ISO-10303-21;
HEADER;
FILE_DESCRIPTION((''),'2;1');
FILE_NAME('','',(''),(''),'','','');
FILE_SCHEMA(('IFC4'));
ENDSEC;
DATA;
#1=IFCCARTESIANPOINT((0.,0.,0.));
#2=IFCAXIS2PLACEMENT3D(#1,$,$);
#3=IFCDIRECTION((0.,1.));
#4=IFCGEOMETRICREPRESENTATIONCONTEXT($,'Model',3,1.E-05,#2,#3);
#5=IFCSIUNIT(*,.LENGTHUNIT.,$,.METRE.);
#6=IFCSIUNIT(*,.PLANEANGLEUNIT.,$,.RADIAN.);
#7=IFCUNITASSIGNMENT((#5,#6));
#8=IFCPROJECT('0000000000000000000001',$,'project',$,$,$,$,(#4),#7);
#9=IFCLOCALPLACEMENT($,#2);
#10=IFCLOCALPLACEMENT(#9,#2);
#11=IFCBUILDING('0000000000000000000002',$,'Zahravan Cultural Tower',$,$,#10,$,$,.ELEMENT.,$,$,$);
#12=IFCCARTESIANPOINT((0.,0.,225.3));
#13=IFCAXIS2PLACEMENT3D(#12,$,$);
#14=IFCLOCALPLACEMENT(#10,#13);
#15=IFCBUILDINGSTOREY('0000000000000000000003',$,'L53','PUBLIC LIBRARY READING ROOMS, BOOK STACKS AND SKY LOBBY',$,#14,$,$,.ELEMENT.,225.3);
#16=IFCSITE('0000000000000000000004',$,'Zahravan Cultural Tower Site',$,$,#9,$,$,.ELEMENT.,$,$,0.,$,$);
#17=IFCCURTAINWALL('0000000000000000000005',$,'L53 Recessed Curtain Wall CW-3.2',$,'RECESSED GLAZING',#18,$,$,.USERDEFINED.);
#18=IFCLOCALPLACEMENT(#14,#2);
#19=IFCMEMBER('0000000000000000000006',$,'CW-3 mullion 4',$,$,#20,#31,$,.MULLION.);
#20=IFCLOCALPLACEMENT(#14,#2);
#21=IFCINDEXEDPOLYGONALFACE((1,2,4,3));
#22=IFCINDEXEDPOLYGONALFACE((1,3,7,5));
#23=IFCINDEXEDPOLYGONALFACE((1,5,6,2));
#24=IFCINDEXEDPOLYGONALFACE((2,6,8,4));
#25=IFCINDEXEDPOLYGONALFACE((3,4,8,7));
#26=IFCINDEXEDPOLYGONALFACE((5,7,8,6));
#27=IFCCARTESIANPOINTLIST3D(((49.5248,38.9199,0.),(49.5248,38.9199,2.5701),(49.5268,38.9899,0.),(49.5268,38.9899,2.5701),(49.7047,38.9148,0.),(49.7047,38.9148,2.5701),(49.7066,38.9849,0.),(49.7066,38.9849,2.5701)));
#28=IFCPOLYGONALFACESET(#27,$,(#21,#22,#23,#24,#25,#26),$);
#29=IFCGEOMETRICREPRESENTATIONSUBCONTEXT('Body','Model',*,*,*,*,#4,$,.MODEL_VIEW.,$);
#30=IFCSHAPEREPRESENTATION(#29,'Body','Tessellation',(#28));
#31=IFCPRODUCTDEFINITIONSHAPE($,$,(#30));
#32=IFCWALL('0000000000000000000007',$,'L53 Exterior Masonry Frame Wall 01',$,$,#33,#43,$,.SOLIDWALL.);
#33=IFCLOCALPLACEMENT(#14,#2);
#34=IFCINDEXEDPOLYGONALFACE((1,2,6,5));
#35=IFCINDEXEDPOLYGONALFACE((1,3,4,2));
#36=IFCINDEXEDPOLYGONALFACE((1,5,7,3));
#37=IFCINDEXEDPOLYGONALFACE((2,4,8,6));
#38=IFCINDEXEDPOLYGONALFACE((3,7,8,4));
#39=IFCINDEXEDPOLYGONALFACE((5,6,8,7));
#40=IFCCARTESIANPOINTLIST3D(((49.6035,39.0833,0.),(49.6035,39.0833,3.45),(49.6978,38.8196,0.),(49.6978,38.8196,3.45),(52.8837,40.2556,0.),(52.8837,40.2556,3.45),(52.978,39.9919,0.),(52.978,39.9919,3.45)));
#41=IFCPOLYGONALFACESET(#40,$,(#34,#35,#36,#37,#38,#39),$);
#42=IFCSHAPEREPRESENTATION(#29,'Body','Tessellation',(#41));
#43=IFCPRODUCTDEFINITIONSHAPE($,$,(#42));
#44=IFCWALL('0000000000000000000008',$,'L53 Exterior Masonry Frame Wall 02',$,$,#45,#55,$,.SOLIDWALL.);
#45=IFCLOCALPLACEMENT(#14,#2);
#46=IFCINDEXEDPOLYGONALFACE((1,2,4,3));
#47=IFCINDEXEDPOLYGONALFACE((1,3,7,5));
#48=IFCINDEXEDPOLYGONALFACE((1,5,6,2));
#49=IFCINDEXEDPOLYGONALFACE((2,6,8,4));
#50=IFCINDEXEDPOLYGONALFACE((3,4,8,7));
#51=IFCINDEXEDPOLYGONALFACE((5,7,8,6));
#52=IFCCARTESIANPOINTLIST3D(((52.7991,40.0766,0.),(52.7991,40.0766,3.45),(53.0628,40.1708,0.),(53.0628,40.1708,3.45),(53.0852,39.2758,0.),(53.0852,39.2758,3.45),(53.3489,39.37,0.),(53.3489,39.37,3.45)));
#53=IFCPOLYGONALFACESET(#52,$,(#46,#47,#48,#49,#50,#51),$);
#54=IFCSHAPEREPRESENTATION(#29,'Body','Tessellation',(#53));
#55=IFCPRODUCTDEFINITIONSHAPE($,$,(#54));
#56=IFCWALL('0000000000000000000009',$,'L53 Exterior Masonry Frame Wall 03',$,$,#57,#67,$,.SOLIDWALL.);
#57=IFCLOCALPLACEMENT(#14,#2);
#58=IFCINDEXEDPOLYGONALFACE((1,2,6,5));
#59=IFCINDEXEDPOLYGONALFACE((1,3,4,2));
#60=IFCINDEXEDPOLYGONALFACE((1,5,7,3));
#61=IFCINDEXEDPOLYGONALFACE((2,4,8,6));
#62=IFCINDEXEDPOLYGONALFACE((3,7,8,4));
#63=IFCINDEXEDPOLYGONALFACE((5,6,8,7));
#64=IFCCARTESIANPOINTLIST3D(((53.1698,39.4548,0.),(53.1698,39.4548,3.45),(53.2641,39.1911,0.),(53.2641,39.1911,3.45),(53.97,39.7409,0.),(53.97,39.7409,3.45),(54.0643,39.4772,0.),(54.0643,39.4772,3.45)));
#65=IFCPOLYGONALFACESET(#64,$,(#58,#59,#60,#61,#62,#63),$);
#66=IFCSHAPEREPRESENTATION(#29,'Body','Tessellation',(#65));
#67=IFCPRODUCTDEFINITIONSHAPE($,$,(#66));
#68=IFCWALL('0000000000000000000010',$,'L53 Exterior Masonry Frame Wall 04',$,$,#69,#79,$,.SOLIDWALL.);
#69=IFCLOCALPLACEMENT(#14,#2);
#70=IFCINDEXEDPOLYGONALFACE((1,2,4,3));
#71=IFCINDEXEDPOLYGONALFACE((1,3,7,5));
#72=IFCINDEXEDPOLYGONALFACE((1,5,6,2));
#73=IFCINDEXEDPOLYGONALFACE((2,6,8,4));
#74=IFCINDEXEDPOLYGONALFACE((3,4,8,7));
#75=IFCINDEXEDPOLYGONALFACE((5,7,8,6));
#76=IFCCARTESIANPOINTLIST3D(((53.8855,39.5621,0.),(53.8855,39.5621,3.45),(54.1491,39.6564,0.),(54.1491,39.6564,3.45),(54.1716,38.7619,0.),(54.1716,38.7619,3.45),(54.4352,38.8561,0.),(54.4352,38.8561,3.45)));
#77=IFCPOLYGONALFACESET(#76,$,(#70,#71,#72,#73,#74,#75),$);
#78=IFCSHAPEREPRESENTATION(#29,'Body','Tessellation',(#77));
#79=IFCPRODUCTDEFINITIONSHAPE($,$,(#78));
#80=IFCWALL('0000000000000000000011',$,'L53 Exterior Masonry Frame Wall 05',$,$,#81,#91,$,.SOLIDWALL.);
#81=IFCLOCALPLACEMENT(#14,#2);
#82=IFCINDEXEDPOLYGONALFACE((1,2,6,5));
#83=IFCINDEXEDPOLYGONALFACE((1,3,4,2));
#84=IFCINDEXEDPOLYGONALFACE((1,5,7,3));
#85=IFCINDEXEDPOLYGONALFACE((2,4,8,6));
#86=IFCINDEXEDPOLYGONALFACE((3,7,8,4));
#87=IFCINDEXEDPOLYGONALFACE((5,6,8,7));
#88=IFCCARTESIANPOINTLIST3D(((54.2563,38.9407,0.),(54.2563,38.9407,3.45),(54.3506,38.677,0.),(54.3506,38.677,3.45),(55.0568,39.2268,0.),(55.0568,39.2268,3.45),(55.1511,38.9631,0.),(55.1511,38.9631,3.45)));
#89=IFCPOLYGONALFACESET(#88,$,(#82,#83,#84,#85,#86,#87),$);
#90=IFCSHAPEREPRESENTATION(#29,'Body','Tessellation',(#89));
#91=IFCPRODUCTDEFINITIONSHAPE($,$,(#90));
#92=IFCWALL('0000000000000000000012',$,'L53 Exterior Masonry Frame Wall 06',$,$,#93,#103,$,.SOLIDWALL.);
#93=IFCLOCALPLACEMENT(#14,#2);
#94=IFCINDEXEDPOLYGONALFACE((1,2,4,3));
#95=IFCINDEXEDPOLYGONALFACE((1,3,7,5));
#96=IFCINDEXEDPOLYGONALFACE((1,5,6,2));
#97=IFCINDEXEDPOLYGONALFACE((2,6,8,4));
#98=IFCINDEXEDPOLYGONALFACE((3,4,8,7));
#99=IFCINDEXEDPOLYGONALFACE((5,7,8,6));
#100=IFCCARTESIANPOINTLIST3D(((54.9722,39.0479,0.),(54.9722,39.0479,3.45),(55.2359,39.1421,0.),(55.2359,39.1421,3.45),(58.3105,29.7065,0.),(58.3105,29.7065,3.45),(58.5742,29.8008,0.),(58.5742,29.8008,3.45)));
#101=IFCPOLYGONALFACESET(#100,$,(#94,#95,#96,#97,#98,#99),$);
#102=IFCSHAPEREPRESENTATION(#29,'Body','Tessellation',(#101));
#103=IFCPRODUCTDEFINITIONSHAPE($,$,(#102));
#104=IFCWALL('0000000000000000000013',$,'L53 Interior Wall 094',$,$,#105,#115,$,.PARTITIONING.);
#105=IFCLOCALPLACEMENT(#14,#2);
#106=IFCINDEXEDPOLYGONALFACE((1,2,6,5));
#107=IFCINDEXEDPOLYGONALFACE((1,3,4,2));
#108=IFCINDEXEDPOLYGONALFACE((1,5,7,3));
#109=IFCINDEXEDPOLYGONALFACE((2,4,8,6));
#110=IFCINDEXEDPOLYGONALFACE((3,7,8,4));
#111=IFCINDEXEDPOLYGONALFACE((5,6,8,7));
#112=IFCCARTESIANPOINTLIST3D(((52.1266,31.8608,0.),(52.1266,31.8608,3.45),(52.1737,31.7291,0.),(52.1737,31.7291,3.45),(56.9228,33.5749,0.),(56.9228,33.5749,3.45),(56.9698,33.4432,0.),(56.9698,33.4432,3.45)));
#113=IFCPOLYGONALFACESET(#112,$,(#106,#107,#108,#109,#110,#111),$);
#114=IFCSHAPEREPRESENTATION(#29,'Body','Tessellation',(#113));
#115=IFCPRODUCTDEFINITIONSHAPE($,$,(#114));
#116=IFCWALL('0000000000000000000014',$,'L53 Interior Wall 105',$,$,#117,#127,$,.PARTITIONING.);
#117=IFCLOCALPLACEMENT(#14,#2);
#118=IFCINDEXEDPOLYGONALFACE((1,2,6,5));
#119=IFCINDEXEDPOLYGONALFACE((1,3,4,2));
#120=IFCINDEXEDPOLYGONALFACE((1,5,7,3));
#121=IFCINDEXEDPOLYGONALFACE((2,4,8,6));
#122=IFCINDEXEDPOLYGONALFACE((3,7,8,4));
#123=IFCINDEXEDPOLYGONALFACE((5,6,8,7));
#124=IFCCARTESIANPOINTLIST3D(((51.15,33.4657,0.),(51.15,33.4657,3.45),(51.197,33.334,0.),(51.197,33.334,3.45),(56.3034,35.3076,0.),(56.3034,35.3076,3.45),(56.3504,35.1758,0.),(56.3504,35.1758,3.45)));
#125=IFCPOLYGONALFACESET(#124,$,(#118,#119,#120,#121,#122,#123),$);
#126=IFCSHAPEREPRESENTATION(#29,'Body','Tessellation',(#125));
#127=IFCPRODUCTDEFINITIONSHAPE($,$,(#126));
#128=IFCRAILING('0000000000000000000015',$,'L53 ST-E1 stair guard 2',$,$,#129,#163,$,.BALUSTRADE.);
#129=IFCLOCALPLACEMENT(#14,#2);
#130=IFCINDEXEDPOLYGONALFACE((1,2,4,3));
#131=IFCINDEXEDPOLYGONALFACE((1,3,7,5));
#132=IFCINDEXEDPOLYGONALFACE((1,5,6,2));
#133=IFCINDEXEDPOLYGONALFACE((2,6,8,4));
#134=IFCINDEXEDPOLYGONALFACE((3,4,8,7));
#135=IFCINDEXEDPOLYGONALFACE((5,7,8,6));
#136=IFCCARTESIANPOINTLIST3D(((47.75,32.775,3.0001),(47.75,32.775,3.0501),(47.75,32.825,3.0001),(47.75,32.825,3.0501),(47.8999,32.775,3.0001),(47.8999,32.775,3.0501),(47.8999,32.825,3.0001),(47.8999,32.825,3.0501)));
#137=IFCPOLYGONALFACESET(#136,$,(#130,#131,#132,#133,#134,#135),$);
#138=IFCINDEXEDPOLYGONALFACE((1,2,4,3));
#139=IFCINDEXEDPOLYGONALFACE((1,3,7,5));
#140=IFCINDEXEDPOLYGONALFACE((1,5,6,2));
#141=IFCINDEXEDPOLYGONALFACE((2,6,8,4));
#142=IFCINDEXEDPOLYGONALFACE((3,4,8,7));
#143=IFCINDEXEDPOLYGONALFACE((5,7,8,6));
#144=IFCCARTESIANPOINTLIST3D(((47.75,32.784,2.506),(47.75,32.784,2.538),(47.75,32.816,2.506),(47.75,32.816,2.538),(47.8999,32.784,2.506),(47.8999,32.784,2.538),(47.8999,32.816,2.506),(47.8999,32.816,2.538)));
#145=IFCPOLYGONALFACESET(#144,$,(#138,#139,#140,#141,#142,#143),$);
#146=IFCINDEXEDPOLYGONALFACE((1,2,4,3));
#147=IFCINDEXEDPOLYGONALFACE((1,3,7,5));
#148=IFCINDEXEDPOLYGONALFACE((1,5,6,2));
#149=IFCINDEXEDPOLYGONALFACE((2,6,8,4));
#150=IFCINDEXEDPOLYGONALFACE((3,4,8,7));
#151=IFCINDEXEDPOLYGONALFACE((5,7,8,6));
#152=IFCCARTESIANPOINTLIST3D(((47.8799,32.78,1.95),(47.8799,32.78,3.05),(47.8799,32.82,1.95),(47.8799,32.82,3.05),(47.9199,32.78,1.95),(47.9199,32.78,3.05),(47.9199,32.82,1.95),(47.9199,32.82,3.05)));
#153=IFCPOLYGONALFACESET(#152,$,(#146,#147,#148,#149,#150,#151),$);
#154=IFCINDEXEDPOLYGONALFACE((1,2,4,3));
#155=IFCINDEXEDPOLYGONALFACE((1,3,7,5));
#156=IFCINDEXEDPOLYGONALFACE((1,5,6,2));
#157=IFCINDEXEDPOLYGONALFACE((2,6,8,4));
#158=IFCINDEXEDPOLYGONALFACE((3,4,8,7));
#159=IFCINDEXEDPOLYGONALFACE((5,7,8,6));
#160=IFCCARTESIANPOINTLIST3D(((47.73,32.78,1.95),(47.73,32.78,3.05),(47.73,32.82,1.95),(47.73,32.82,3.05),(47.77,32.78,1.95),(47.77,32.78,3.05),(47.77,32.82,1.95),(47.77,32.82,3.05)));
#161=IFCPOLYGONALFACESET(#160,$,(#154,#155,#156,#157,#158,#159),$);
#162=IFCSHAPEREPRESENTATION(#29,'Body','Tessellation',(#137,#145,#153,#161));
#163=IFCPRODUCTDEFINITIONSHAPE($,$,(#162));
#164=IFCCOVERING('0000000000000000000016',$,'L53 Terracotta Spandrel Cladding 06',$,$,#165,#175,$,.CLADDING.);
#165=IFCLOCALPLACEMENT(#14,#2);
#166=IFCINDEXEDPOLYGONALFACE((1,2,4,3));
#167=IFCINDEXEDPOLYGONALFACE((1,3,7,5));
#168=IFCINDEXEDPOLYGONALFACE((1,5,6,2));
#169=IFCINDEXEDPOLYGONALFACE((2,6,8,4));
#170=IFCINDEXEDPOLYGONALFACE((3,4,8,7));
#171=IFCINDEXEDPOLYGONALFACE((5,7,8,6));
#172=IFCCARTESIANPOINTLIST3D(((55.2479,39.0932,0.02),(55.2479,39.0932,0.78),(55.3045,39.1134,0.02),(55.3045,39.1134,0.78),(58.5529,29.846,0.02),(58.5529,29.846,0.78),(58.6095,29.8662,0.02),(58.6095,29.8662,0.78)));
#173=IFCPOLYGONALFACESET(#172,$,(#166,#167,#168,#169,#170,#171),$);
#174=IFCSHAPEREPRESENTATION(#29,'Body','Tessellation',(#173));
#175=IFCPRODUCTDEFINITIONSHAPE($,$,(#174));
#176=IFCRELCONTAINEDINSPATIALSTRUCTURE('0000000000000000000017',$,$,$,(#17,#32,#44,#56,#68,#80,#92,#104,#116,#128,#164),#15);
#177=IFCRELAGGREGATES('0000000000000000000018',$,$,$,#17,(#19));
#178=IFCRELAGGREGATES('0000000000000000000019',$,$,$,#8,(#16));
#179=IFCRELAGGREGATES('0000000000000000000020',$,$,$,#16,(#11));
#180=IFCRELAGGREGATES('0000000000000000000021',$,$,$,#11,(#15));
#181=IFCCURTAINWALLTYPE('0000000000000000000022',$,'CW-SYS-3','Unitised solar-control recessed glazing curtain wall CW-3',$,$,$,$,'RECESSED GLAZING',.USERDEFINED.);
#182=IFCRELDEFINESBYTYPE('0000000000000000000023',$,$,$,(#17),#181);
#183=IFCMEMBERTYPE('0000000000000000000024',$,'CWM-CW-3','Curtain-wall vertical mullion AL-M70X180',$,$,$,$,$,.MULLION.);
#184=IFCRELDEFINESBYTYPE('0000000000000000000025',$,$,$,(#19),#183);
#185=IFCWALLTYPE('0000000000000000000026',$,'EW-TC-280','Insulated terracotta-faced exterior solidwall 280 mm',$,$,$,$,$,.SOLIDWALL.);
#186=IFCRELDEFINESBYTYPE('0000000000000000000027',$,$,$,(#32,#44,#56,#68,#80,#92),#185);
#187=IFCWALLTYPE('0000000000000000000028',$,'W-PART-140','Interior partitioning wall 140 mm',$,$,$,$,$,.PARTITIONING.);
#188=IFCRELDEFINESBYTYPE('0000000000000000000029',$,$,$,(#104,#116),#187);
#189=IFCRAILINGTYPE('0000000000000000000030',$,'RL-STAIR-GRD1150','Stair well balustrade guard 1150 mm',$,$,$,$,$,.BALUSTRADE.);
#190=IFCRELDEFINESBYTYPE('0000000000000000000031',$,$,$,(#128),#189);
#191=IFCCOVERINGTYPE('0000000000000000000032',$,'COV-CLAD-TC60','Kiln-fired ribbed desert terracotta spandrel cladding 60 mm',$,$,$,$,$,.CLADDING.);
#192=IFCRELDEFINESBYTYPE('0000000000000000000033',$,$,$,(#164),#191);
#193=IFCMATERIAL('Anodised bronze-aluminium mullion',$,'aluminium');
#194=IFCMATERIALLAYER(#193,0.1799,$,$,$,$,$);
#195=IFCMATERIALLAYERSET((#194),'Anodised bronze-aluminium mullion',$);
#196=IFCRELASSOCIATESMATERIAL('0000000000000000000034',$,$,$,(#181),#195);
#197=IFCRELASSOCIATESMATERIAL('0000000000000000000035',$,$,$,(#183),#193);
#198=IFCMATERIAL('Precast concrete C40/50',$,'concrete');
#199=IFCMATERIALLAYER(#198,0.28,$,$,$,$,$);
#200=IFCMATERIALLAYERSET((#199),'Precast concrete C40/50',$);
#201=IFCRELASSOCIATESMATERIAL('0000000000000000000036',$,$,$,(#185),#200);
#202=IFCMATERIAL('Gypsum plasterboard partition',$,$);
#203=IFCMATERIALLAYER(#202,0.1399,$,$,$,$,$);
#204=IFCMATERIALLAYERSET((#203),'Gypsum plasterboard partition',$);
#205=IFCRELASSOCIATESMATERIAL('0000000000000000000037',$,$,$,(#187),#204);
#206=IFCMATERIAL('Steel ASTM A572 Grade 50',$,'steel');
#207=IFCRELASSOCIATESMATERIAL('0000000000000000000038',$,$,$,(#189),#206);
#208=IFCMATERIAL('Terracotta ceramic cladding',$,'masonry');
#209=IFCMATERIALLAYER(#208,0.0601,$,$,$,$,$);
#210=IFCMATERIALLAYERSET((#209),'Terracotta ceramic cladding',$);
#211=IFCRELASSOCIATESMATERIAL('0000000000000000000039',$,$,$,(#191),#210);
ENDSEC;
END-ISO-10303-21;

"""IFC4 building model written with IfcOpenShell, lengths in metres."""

from ifc_helpers import new_model, si_unit, direction, frame, frame_2d, origin, origin_2d, place, context, subcontext, project, spatial, rectangle, extrude, source, transform, mapped, material, layer, layer_set, material_profile, profile_set, type_object, element, aggregate, save


model = new_model("IFC4")

# Units and contexts
model_context = context("Model", 3, precision=1e-05, world=origin(), true_north=direction((0.0, 1.0)))
body_context = subcontext(model_context, "Body", "Model", "MODEL_VIEW")
ifc_project = project(units=[si_unit("LENGTHUNIT", "METRE"), si_unit("PLANEANGLEUNIT", "RADIAN")], contexts=[model_context])

# Site, building, storey
site_placement = place(None, origin())
site = spatial("IfcSite", under=ifc_project, at=site_placement, Name="Zahravan Cultural Tower Site", CompositionType="ELEMENT", RefElevation=0.0)
building_placement = place(site_placement, origin())
building = spatial("IfcBuilding", under=site, at=building_placement, Name="Zahravan Cultural Tower", CompositionType="ELEMENT")
storey_placement = place(building_placement, frame((0.0, 0.0, 225.3)))
storey = spatial("IfcBuildingStorey", under=building, at=storey_placement, Name="L53", Description="PUBLIC LIBRARY READING ROOMS, BOOK STACKS AND SKY LOBBY", CompositionType="ELEMENT", Elevation=225.3)

# Curtain wall, member
ifc_material_1 = material(Name="Anodised bronze-aluminium mullion", Category="aluminium")
ifc_layer_1 = layer(ifc_material_1, 0.1799)
ifc_layer_set_1 = layer_set([ifc_layer_1], Name="Anodised bronze-aluminium mullion")
curtain_wall_type = type_object("IfcCurtainWallType", Name="CW-SYS-3", Description="Unitised solar-control recessed glazing curtain wall CW-3", ElementType="RECESSED GLAZING", PredefinedType="USERDEFINED", material=ifc_layer_set_1)
curtain_wall_placement = place(storey_placement, origin())
curtain_wall = element("IfcCurtainWall", 1, at=curtain_wall_placement, inside=storey, type_object=curtain_wall_type, Name="L53 Recessed Curtain Wall CW-3.2", ObjectType="RECESSED GLAZING", PredefinedType="USERDEFINED")
ifc_material_profile_1 = material_profile(ifc_material_1, rectangle(XDim=0.0701, YDim=0.1799, at=origin_2d()), Name="AL-M70X180")
ifc_profile_set_1 = profile_set([ifc_material_profile_1], Name="Anodised bronze-aluminium mullion")
member_type = type_object("IfcMemberType", Name="CWM-CW-3", Description="Curtain-wall vertical mullion AL-M70X180", PredefinedType="MULLION", material=ifc_profile_set_1)
shared_shape_1 = source(origin(), body_context, "Body", "SweptSolid", [
    extrude(rectangle(XDim=0.0701, YDim=0.1799, at=origin_2d()), origin(), (0.0, 0.0, 1.0), 2.5701),
])
member_placement = place(storey_placement, frame((49.6157, 38.9524, 0.0), z_axis=(0.0, 0.0, 1.0), x_axis=(0.028155, 0.999604, 0.0)))
member = element("IfcMember", 2, at=member_placement, type_object=member_type, Name="CW-3 mullion 4", PredefinedType="MULLION", context=body_context, shape_type="MappedRepresentation", body=[
    mapped(shared_shape_1, transform((0.0, 0.0, 0.0), x_axis=(1.0, 0.0, 0.0), y_axis=(0.0, 1.0, 0.0), z_axis=(0.0, 0.0, 1.0), scale=1.0)),
])
aggregate(curtain_wall, [member])

# Walls
ifc_material_2 = material(Name="Precast concrete C40/50", Category="concrete")
ifc_layer_2 = layer(ifc_material_2, 0.28)
ifc_layer_set_2 = layer_set([ifc_layer_2], Name="Precast concrete C40/50")
wall_type_1 = type_object("IfcWallType", Name="EW-TC-280", Description="Insulated terracotta-faced exterior solidwall 280 mm", PredefinedType="SOLIDWALL", material=ifc_layer_set_2)
shared_shape_2 = source(origin(), body_context, "Body", "SweptSolid", [
    extrude(rectangle(XDim=3.4834, YDim=0.28, at=frame_2d((1.7417, 0.0))), origin(), (0.0, 0.0, 1.0), 3.45),
])
wall_1_placement = place(storey_placement, frame((49.6506, 38.9514, 0.0), z_axis=(0.0, 0.0, 1.0), x_axis=(0.941666, 0.336549, 0.0)))
element("IfcWall", 3, at=wall_1_placement, inside=storey, type_object=wall_type_1, Name="L53 Exterior Masonry Frame Wall 01", PredefinedType="SOLIDWALL", context=body_context, shape_type="MappedRepresentation", body=[
    mapped(shared_shape_2, transform((0.0, 0.0, 0.0), x_axis=(1.0, 0.0, 0.0), y_axis=(0.0, 1.0, 0.0), z_axis=(0.0, 0.0, 1.0), scale=1.0)),
])
shared_shape_3 = source(origin(), body_context, "Body", "SweptSolid", [
    extrude(rectangle(XDim=0.8503, YDim=0.28, at=frame_2d((0.4253, 0.0))), origin(), (0.0, 0.0, 1.0), 3.45),
])
wall_2_placement = place(storey_placement, frame((52.9309, 40.1238, 0.0), z_axis=(0.0, 0.0, 1.0), x_axis=(0.336482, -0.94169, 0.0)))
element("IfcWall", 4, at=wall_2_placement, inside=storey, type_object=wall_type_1, Name="L53 Exterior Masonry Frame Wall 02", PredefinedType="SOLIDWALL", context=body_context, shape_type="MappedRepresentation", body=[
    mapped(shared_shape_3, transform((0.0, 0.0, 0.0), x_axis=(1.0, 0.0, 0.0), y_axis=(0.0, 1.0, 0.0), z_axis=(0.0, 0.0, 1.0), scale=1.0)),
])
shared_shape_4 = source(origin(), body_context, "Body", "SweptSolid", [
    extrude(rectangle(XDim=0.8499, YDim=0.28, at=frame_2d((0.4248, 0.0))), origin(), (0.0, 0.0, 1.0), 3.45),
])
for number, where, z_axis, x_axis, name in (
    (5, (53.217, 39.323, 0.0), (0.0, 0.0, 1.0), (0.941625, 0.336664, 0.0), "L53 Exterior Masonry Frame Wall 03"),
    (6, (54.0173, 39.6091, 0.0), (0.0, 0.0, 1.0), (0.336664, -0.941625, 0.0), "L53 Exterior Masonry Frame Wall 04"),
):
    element("IfcWall", number, at=place(storey_placement, frame(where, z_axis=z_axis, x_axis=x_axis)), inside=storey, type_object=wall_type_1, Name=name, PredefinedType="SOLIDWALL", context=body_context, shape_type="MappedRepresentation", body=[
        mapped(shared_shape_4, transform((0.0, 0.0, 0.0), x_axis=(1.0, 0.0, 0.0), y_axis=(0.0, 1.0, 0.0), z_axis=(0.0, 0.0, 1.0), scale=1.0)),
    ])
shared_shape_5 = source(origin(), body_context, "Body", "SweptSolid", [
    extrude(rectangle(XDim=0.8501, YDim=0.28, at=frame_2d((0.425, 0.0))), origin(), (0.0, 0.0, 1.0), 3.45),
])
wall_3_placement = place(storey_placement, frame((54.3035, 38.8088, 0.0), z_axis=(0.0, 0.0, 1.0), x_axis=(0.941657, 0.336573, 0.0)))
element("IfcWall", 7, at=wall_3_placement, inside=storey, type_object=wall_type_1, Name="L53 Exterior Masonry Frame Wall 05", PredefinedType="SOLIDWALL", context=body_context, shape_type="MappedRepresentation", body=[
    mapped(shared_shape_5, transform((0.0, 0.0, 0.0), x_axis=(1.0, 0.0, 0.0), y_axis=(0.0, 1.0, 0.0), z_axis=(0.0, 0.0, 1.0), scale=1.0)),
])
shared_shape_6 = source(origin(), body_context, "Body", "SweptSolid", [
    extrude(rectangle(XDim=9.9199, YDim=0.28, at=frame_2d((4.96, 0.0))), origin(), (0.0, 0.0, 1.0), 3.45),
])
wall_4_placement = place(storey_placement, frame((55.104, 39.095, 0.0), z_axis=(0.0, 0.0, 1.0), x_axis=(0.336533, -0.941672, 0.0)))
element("IfcWall", 8, at=wall_4_placement, inside=storey, type_object=wall_type_1, Name="L53 Exterior Masonry Frame Wall 06", PredefinedType="SOLIDWALL", context=body_context, shape_type="MappedRepresentation", body=[
    mapped(shared_shape_6, transform((0.0, 0.0, 0.0), x_axis=(1.0, 0.0, 0.0), y_axis=(0.0, 1.0, 0.0), z_axis=(0.0, 0.0, 1.0), scale=1.0)),
])
ifc_material_3 = material(Name="Gypsum plasterboard partition")
ifc_layer_3 = layer(ifc_material_3, 0.1399)
ifc_layer_set_3 = layer_set([ifc_layer_3], Name="Gypsum plasterboard partition")
wall_type_2 = type_object("IfcWallType", Name="W-PART-140", Description="Interior partitioning wall 140 mm", PredefinedType="PARTITIONING", material=ifc_layer_set_3)
shared_shape_7 = source(origin(), body_context, "Body", "SweptSolid", [
    extrude(rectangle(XDim=5.0933, YDim=0.1399, at=frame_2d((2.5466, 0.0))), origin(), (0.0, 0.0, 1.0), 3.45),
])
wall_5_placement = place(storey_placement, frame((52.1501, 31.7949, 0.0), z_axis=(0.0, 0.0, 1.0), x_axis=(0.941667, 0.336546, 0.0)))
element("IfcWall", 9, at=wall_5_placement, inside=storey, type_object=wall_type_2, Name="L53 Interior Wall 094", PredefinedType="PARTITIONING", context=body_context, shape_type="MappedRepresentation", body=[
    mapped(shared_shape_7, transform((0.0, 0.0, 0.0), x_axis=(1.0, 0.0, 0.0), y_axis=(0.0, 1.0, 0.0), z_axis=(0.0, 0.0, 1.0), scale=1.0)),
])
shared_shape_8 = source(origin(), body_context, "Body", "SweptSolid", [
    extrude(rectangle(XDim=5.4727, YDim=0.1399, at=frame_2d((2.7363, 0.0))), origin(), (0.0, 0.0, 1.0), 3.45),
])
wall_6_placement = place(storey_placement, frame((56.3269, 35.2417, 0.0), z_axis=(0.0, 0.0, 1.0), x_axis=(-0.941665, -0.336551, 0.0)))
element("IfcWall", 10, at=wall_6_placement, inside=storey, type_object=wall_type_2, Name="L53 Interior Wall 105", PredefinedType="PARTITIONING", context=body_context, shape_type="MappedRepresentation", body=[
    mapped(shared_shape_8, transform((0.0, 0.0, 0.0), x_axis=(1.0, 0.0, 0.0), y_axis=(0.0, 1.0, 0.0), z_axis=(0.0, 0.0, 1.0), scale=1.0)),
])

# Railing
ifc_material_4 = material(Name="Steel ASTM A572 Grade 50", Category="steel")
railing_type = type_object("IfcRailingType", Name="RL-STAIR-GRD1150", Description="Stair well balustrade guard 1150 mm", PredefinedType="BALUSTRADE", material=ifc_material_4)
railing_placement = place(storey_placement, frame((47.8999, 32.8, 1.95)))
element("IfcRailing", 11, at=railing_placement, inside=storey, type_object=railing_type, Name="L53 ST-E1 stair guard 2", PredefinedType="BALUSTRADE", context=body_context, shape_type="SweptSolid", body=[
    extrude(rectangle(XDim=0.05, YDim=0.05, at=origin_2d()), frame((0.0, 0.0, 1.0752), z_axis=(-1.0, 0.0, 0.0), x_axis=(0.0, -1.0, 0.0)), (0.0, 0.0, 1.0), 0.1499),
    extrude(rectangle(XDim=0.032, YDim=0.032, at=origin_2d()), frame((0.0, 0.0, 0.572), z_axis=(-1.0, 0.0, 0.0), x_axis=(0.0, -1.0, 0.0)), (0.0, 0.0, 1.0), 0.1499),
    extrude(rectangle(XDim=0.04, YDim=0.04, at=origin_2d()), origin(), (0.0, 0.0, 1.0), 1.1001),
    extrude(rectangle(XDim=0.04, YDim=0.04, at=origin_2d()), frame((-0.1499, 0.0, 0.0)), (0.0, 0.0, 1.0), 1.1001),
])

# Covering
ifc_material_5 = material(Name="Terracotta ceramic cladding", Category="masonry")
ifc_layer_4 = layer(ifc_material_5, 0.0601)
ifc_layer_set_4 = layer_set([ifc_layer_4], Name="Terracotta ceramic cladding")
covering_type = type_object("IfcCoveringType", Name="COV-CLAD-TC60", Description="Kiln-fired ribbed desert terracotta spandrel cladding 60 mm", PredefinedType="CLADDING", material=ifc_layer_set_4)
shared_shape_9 = source(origin(), body_context, "Body", "SweptSolid", [
    extrude(rectangle(XDim=9.8201, YDim=0.0601, at=origin_2d()), origin(), (0.0, 0.0, 1.0), 0.76),
])
covering_1_placement = place(storey_placement, frame((56.9287, 34.4797, 0.02), z_axis=(0.0, 0.0, 1.0), x_axis=(0.336553, -0.941665, 0.0)))
element("IfcCovering", 12, at=covering_1_placement, inside=storey, type_object=covering_type, Name="L53 Terracotta Spandrel Cladding 06", PredefinedType="CLADDING", context=body_context, shape_type="MappedRepresentation", body=[
    mapped(shared_shape_9, transform((0.0, 0.0, 0.0), x_axis=(1.0, 0.0, 0.0), y_axis=(0.0, 1.0, 0.0), z_axis=(0.0, 0.0, 1.0), scale=1.0)),
])

save(model, "model.ifc")
